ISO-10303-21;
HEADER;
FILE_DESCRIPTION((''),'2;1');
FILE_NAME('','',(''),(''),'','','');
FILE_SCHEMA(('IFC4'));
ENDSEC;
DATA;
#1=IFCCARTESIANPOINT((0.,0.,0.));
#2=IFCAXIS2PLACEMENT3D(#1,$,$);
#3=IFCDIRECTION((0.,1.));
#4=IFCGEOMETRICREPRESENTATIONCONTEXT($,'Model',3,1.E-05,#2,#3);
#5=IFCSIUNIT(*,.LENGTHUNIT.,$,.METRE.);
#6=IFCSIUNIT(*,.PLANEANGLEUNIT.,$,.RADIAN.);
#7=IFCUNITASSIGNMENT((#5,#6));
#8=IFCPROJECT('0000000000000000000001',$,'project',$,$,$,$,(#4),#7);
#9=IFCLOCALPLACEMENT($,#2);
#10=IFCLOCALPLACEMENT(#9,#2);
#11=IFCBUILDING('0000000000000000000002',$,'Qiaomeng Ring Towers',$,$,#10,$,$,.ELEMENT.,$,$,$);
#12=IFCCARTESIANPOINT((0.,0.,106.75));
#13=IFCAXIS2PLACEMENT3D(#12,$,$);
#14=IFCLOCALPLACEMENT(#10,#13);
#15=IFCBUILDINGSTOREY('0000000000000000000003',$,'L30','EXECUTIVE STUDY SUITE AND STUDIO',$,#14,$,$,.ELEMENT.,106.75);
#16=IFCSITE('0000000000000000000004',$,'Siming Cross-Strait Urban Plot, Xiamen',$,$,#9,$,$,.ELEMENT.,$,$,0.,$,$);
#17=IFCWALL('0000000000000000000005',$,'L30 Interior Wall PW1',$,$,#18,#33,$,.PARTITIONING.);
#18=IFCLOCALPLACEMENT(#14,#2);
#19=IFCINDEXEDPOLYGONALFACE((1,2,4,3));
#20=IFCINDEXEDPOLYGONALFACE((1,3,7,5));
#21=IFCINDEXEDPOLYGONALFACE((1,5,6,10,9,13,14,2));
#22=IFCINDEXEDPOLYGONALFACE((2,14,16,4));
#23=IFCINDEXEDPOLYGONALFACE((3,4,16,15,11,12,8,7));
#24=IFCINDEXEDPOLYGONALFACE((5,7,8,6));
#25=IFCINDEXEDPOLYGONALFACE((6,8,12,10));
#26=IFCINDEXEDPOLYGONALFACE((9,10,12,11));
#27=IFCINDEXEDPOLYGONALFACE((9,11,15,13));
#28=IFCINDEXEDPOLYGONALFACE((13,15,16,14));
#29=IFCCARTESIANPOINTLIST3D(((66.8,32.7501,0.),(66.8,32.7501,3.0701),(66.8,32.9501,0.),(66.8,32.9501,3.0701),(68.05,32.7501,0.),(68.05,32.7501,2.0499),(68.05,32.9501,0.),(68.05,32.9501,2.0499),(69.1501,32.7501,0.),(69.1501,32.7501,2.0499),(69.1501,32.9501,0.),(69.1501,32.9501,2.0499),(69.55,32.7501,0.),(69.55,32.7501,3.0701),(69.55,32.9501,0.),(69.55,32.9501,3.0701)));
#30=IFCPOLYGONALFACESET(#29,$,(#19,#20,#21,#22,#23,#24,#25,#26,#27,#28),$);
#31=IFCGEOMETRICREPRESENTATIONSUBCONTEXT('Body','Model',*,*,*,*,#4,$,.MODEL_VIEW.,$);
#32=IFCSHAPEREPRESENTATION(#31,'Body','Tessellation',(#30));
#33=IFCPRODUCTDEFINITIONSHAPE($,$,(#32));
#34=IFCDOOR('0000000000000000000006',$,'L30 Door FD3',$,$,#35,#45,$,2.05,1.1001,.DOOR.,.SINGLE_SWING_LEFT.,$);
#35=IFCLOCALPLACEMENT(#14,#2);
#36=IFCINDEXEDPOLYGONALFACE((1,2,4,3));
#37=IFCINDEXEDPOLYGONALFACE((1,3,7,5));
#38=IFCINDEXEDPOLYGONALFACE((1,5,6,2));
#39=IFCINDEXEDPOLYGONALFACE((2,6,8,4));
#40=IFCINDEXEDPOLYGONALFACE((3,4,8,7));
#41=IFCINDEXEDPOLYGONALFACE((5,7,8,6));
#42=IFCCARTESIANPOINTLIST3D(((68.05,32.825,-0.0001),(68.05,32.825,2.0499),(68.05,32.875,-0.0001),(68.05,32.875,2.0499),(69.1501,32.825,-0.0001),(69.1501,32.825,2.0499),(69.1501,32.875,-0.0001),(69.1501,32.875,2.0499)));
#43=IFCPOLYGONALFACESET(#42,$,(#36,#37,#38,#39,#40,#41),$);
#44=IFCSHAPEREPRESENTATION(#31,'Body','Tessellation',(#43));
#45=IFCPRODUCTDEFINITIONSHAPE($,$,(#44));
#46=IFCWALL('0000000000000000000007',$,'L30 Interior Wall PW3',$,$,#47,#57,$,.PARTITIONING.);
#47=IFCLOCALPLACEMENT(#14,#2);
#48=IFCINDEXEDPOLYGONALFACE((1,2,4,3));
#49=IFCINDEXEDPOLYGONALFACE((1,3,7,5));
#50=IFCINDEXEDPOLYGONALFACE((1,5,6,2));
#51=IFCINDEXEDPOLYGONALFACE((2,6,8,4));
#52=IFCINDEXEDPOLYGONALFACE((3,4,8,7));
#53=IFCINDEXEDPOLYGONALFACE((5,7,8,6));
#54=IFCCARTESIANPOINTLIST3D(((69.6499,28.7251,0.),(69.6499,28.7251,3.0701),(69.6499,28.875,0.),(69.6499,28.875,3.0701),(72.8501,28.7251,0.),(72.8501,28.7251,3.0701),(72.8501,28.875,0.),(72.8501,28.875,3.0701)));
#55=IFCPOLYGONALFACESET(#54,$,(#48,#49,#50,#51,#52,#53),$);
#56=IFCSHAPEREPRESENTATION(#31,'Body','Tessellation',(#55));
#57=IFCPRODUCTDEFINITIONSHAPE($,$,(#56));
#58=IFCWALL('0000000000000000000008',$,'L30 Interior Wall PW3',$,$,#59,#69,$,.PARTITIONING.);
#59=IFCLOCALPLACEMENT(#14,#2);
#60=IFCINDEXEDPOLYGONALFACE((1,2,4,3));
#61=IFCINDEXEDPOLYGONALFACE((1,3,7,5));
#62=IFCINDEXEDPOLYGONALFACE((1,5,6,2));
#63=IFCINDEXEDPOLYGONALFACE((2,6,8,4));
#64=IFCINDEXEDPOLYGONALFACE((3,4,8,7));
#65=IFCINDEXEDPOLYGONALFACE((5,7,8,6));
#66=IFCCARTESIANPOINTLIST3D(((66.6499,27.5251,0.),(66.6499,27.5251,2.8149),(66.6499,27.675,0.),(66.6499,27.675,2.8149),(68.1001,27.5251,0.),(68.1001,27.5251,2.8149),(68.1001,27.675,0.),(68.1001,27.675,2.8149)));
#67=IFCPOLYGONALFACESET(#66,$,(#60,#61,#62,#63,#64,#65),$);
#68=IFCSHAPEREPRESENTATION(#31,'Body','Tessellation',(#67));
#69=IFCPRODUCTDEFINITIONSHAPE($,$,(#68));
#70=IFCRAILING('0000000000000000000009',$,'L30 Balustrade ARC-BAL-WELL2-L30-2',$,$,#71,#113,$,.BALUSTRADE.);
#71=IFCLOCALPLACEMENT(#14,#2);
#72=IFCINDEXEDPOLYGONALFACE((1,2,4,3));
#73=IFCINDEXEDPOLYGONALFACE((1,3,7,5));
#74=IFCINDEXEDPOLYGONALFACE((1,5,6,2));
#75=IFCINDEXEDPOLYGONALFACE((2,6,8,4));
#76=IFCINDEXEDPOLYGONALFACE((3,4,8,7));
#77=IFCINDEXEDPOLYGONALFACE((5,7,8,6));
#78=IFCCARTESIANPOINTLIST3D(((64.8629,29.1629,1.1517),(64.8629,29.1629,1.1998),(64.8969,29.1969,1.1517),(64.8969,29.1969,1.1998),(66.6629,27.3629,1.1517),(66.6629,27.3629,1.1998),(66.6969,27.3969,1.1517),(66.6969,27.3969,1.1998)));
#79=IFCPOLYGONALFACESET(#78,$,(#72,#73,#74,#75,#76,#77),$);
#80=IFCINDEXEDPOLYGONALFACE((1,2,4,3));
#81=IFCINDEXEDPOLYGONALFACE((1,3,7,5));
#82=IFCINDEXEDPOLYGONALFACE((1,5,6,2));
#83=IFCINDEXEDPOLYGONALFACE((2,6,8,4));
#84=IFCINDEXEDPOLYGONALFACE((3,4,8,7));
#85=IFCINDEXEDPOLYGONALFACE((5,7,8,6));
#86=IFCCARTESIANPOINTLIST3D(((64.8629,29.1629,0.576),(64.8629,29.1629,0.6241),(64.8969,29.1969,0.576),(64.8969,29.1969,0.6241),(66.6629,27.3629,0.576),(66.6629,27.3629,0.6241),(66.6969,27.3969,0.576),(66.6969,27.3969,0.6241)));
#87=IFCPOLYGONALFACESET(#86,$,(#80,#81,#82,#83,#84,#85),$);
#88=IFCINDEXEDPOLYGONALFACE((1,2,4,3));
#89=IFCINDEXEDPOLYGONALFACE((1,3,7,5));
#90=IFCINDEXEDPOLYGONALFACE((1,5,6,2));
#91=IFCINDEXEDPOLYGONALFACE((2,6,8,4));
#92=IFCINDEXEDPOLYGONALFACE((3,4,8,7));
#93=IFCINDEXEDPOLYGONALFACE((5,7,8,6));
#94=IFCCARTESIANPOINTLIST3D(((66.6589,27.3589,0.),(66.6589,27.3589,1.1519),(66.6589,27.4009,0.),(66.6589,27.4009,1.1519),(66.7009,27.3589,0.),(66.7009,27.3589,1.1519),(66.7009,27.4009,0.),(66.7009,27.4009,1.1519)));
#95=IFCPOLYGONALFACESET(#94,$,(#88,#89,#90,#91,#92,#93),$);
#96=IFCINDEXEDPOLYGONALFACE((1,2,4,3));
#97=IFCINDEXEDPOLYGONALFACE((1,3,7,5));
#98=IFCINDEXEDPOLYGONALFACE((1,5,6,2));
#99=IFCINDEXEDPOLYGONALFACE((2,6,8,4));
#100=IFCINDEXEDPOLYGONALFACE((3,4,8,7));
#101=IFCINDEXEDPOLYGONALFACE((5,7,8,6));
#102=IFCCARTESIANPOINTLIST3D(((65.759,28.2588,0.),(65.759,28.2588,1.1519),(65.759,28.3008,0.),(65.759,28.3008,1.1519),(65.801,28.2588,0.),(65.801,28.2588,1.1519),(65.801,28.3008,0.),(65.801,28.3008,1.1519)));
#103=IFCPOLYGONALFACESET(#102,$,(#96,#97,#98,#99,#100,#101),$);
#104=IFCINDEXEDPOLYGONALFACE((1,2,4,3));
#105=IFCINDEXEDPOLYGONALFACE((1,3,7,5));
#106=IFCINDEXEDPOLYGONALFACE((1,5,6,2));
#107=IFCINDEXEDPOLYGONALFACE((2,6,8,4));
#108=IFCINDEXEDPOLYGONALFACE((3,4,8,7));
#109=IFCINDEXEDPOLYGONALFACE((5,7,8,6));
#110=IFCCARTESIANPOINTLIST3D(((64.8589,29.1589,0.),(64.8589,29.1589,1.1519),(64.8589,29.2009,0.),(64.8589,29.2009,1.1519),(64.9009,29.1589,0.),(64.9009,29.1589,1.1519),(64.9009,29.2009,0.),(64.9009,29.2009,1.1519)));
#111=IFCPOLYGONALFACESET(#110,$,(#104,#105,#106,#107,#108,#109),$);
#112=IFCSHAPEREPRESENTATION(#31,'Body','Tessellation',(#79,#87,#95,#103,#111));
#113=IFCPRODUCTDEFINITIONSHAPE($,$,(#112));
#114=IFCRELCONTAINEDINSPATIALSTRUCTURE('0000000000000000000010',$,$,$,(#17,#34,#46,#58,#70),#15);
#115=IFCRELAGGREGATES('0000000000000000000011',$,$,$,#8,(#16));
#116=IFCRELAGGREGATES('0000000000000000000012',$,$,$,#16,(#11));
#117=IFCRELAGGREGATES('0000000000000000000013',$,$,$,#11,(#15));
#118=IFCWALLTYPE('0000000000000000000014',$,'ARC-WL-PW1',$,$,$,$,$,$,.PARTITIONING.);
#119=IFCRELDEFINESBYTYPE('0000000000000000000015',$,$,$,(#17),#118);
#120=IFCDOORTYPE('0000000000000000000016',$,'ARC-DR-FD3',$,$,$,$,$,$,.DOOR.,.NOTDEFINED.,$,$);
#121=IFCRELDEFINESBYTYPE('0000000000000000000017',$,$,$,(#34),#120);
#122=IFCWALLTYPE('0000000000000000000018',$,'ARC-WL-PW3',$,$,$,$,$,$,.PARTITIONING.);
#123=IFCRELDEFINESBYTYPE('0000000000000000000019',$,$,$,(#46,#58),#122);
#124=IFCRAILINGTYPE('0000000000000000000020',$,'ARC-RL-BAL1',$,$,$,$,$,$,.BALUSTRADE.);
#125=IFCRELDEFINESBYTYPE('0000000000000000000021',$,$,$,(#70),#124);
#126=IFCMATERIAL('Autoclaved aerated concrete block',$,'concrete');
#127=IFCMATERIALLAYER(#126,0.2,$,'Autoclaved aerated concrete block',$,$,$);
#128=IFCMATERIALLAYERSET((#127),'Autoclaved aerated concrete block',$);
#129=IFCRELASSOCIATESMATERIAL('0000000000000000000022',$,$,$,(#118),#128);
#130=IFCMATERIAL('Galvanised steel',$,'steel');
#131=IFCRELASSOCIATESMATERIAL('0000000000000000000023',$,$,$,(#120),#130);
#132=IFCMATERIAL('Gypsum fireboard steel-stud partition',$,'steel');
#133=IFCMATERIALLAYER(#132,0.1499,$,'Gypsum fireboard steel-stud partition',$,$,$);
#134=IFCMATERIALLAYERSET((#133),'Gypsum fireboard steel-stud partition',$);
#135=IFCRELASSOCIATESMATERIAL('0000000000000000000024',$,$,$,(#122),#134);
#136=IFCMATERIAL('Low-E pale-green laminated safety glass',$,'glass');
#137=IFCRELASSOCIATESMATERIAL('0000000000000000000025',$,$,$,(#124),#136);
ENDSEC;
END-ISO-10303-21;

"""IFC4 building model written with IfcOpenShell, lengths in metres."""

from ifc_helpers import new_model, si_unit, direction, frame, frame_2d, origin, origin_2d, place, context, subcontext, project, spatial, rectangle, extrude, source, transform, mapped, material, layer, layer_set, type_object, element, fill, save


model = new_model("IFC4")

# Units and contexts
model_context = context("Model", 3, precision=1e-05, world=origin(), true_north=direction((0.0, 1.0)))
body_context = subcontext(model_context, "Body", "Model", "MODEL_VIEW")
ifc_project = project(units=[si_unit("LENGTHUNIT", "METRE"), si_unit("PLANEANGLEUNIT", "RADIAN")], contexts=[model_context])

# Site, building, storey
site_placement = place(None, origin())
site = spatial("IfcSite", under=ifc_project, at=site_placement, Name="Siming Cross-Strait Urban Plot, Xiamen", CompositionType="ELEMENT", RefElevation=0.0)
building_placement = place(site_placement, origin())
building = spatial("IfcBuilding", under=site, at=building_placement, Name="Qiaomeng Ring Towers", CompositionType="ELEMENT")
storey_placement = place(building_placement, frame((0.0, 0.0, 106.75)))
storey = spatial("IfcBuildingStorey", under=building, at=storey_placement, Name="L30", Description="EXECUTIVE STUDY SUITE AND STUDIO", CompositionType="ELEMENT", Elevation=106.75)

# Shared definitions
ifc_material_1 = material(Name="Autoclaved aerated concrete block", Category="concrete")
ifc_layer_1 = layer(ifc_material_1, 0.2, Name="Autoclaved aerated concrete block")
ifc_layer_set_1 = layer_set([ifc_layer_1], Name="Autoclaved aerated concrete block")
wall_type_1 = type_object("IfcWallType", Name="ARC-WL-PW1", PredefinedType="PARTITIONING", material=ifc_layer_set_1)

# Wall, opening, door
wall_1_placement = place(storey_placement, frame((66.8, 32.8501, 0.0), z_axis=(0.0, 0.0, 1.0), x_axis=(1.0, 0.0, 0.0)))
wall_1 = element("IfcWall", 1, at=wall_1_placement, inside=storey, type_object=wall_type_1, Name="L30 Interior Wall PW1", PredefinedType="PARTITIONING", context=body_context, shape_type="SweptSolid", body=[
    extrude(rectangle(XDim=2.75, YDim=0.2, at=frame_2d((1.375, 0.0))), origin(), (0.0, 0.0, 1.0), 3.0701),
])
opening_placement = place(wall_1_placement, frame((1.25, 0.0, 0.0)))
opening = element("IfcOpeningElement", 2, at=opening_placement, cuts=wall_1, PredefinedType="OPENING", context=body_context, shape_type="SweptSolid", body=[
    extrude(rectangle(XDim=1.1001, YDim=2.05, at=frame_2d((0.55, 1.0249))), frame((0.0, 0.1099, 0.0), z_axis=(0.0, -1.0, 0.0), x_axis=(1.0, 0.0, 0.0)), (0.0, 0.0, 1.0), 0.22),
])
ifc_material_2 = material(Name="Galvanised steel", Category="steel")
door_type = type_object("IfcDoorType", Name="ARC-DR-FD3", OperationType="NOTDEFINED", PredefinedType="DOOR", material=ifc_material_2)
shared_shape_1 = source(origin(), body_context, "Body", "SweptSolid", [
    extrude(rectangle(XDim=1.1001, YDim=2.05, at=frame_2d((0.55, 1.0249))), frame((0.0, 0.0249, 0.0), z_axis=(0.0, -1.0, 0.0), x_axis=(1.0, 0.0, 0.0)), (0.0, 0.0, 1.0), 0.05),
])
door_placement = place(opening_placement, origin())
door = element("IfcDoor", 3, at=door_placement, inside=storey, type_object=door_type, Name="L30 Door FD3", OperationType="SINGLE_SWING_LEFT", OverallHeight=2.05, OverallWidth=1.1001, PredefinedType="DOOR", context=body_context, shape_type="MappedRepresentation", body=[
    mapped(shared_shape_1, transform((0.0, 0.0, 0.0), x_axis=(1.0, 0.0, 0.0), y_axis=(0.0, 1.0, 0.0), z_axis=(0.0, 0.0, 1.0), scale=1.0)),
])
fill(opening, door)

# Walls
ifc_material_3 = material(Name="Gypsum fireboard steel-stud partition", Category="steel")
ifc_layer_2 = layer(ifc_material_3, 0.1499, Name="Gypsum fireboard steel-stud partition")
ifc_layer_set_2 = layer_set([ifc_layer_2], Name="Gypsum fireboard steel-stud partition")
wall_type_2 = type_object("IfcWallType", Name="ARC-WL-PW3", PredefinedType="PARTITIONING", material=ifc_layer_set_2)
wall_2_placement = place(storey_placement, frame((69.6499, 28.8, 0.0), z_axis=(0.0, 0.0, 1.0), x_axis=(1.0, 0.0, 0.0)))
element("IfcWall", 4, at=wall_2_placement, inside=storey, type_object=wall_type_2, Name="L30 Interior Wall PW3", PredefinedType="PARTITIONING", context=body_context, shape_type="SweptSolid", body=[
    extrude(rectangle(XDim=3.2002, YDim=0.1499, at=frame_2d((1.6001, 0.0))), origin(), (0.0, 0.0, 1.0), 3.0701),
])
wall_3_placement = place(storey_placement, frame((66.6499, 27.6001, 0.0), z_axis=(0.0, 0.0, 1.0), x_axis=(1.0, 0.0, 0.0)))
element("IfcWall", 5, at=wall_3_placement, inside=storey, type_object=wall_type_2, Name="L30 Interior Wall PW3", PredefinedType="PARTITIONING", context=body_context, shape_type="SweptSolid", body=[
    extrude(rectangle(XDim=1.4502, YDim=0.1499, at=frame_2d((0.7251, 0.0))), origin(), (0.0, 0.0, 1.0), 2.8149),
])

# Railing
ifc_material_4 = material(Name="Low-E pale-green laminated safety glass", Category="glass")
railing_type = type_object("IfcRailingType", Name="ARC-RL-BAL1", PredefinedType="BALUSTRADE", material=ifc_material_4)
railing_1_placement = place(storey_placement, frame((66.6799, 27.3799, 0.0)))
element("IfcRailing", 6, at=railing_1_placement, inside=storey, type_object=railing_type, Name="L30 Balustrade ARC-BAL-WELL2-L30-2", PredefinedType="BALUSTRADE", context=body_context, shape_type="SweptSolid", body=[
    extrude(rectangle(XDim=0.0481, YDim=0.0481, at=origin_2d()), frame((0.0, 0.0, 1.1758), z_axis=(-0.707107, 0.707107, 0.0), x_axis=(-0.707107, -0.707107, 0.0)), (0.0, 0.0, 1.0), 2.5457),
    extrude(rectangle(XDim=0.0481, YDim=0.0481, at=origin_2d()), frame((0.0, 0.0, 0.6001), z_axis=(-0.707107, 0.707107, 0.0), x_axis=(-0.707107, -0.707107, 0.0)), (0.0, 0.0, 1.0), 2.5457),
    extrude(rectangle(XDim=0.042, YDim=0.042, at=origin_2d()), origin(), (0.0, 0.0, 1.0), 1.1519),
    extrude(rectangle(XDim=0.042, YDim=0.042, at=origin_2d()), frame((-0.8999, 0.8999, 0.0)), (0.0, 0.0, 1.0), 1.1519),
    extrude(rectangle(XDim=0.042, YDim=0.042, at=origin_2d()), frame((-1.8, 1.8, 0.0)), (0.0, 0.0, 1.0), 1.1519),
])

save(model, "model.ifc")
